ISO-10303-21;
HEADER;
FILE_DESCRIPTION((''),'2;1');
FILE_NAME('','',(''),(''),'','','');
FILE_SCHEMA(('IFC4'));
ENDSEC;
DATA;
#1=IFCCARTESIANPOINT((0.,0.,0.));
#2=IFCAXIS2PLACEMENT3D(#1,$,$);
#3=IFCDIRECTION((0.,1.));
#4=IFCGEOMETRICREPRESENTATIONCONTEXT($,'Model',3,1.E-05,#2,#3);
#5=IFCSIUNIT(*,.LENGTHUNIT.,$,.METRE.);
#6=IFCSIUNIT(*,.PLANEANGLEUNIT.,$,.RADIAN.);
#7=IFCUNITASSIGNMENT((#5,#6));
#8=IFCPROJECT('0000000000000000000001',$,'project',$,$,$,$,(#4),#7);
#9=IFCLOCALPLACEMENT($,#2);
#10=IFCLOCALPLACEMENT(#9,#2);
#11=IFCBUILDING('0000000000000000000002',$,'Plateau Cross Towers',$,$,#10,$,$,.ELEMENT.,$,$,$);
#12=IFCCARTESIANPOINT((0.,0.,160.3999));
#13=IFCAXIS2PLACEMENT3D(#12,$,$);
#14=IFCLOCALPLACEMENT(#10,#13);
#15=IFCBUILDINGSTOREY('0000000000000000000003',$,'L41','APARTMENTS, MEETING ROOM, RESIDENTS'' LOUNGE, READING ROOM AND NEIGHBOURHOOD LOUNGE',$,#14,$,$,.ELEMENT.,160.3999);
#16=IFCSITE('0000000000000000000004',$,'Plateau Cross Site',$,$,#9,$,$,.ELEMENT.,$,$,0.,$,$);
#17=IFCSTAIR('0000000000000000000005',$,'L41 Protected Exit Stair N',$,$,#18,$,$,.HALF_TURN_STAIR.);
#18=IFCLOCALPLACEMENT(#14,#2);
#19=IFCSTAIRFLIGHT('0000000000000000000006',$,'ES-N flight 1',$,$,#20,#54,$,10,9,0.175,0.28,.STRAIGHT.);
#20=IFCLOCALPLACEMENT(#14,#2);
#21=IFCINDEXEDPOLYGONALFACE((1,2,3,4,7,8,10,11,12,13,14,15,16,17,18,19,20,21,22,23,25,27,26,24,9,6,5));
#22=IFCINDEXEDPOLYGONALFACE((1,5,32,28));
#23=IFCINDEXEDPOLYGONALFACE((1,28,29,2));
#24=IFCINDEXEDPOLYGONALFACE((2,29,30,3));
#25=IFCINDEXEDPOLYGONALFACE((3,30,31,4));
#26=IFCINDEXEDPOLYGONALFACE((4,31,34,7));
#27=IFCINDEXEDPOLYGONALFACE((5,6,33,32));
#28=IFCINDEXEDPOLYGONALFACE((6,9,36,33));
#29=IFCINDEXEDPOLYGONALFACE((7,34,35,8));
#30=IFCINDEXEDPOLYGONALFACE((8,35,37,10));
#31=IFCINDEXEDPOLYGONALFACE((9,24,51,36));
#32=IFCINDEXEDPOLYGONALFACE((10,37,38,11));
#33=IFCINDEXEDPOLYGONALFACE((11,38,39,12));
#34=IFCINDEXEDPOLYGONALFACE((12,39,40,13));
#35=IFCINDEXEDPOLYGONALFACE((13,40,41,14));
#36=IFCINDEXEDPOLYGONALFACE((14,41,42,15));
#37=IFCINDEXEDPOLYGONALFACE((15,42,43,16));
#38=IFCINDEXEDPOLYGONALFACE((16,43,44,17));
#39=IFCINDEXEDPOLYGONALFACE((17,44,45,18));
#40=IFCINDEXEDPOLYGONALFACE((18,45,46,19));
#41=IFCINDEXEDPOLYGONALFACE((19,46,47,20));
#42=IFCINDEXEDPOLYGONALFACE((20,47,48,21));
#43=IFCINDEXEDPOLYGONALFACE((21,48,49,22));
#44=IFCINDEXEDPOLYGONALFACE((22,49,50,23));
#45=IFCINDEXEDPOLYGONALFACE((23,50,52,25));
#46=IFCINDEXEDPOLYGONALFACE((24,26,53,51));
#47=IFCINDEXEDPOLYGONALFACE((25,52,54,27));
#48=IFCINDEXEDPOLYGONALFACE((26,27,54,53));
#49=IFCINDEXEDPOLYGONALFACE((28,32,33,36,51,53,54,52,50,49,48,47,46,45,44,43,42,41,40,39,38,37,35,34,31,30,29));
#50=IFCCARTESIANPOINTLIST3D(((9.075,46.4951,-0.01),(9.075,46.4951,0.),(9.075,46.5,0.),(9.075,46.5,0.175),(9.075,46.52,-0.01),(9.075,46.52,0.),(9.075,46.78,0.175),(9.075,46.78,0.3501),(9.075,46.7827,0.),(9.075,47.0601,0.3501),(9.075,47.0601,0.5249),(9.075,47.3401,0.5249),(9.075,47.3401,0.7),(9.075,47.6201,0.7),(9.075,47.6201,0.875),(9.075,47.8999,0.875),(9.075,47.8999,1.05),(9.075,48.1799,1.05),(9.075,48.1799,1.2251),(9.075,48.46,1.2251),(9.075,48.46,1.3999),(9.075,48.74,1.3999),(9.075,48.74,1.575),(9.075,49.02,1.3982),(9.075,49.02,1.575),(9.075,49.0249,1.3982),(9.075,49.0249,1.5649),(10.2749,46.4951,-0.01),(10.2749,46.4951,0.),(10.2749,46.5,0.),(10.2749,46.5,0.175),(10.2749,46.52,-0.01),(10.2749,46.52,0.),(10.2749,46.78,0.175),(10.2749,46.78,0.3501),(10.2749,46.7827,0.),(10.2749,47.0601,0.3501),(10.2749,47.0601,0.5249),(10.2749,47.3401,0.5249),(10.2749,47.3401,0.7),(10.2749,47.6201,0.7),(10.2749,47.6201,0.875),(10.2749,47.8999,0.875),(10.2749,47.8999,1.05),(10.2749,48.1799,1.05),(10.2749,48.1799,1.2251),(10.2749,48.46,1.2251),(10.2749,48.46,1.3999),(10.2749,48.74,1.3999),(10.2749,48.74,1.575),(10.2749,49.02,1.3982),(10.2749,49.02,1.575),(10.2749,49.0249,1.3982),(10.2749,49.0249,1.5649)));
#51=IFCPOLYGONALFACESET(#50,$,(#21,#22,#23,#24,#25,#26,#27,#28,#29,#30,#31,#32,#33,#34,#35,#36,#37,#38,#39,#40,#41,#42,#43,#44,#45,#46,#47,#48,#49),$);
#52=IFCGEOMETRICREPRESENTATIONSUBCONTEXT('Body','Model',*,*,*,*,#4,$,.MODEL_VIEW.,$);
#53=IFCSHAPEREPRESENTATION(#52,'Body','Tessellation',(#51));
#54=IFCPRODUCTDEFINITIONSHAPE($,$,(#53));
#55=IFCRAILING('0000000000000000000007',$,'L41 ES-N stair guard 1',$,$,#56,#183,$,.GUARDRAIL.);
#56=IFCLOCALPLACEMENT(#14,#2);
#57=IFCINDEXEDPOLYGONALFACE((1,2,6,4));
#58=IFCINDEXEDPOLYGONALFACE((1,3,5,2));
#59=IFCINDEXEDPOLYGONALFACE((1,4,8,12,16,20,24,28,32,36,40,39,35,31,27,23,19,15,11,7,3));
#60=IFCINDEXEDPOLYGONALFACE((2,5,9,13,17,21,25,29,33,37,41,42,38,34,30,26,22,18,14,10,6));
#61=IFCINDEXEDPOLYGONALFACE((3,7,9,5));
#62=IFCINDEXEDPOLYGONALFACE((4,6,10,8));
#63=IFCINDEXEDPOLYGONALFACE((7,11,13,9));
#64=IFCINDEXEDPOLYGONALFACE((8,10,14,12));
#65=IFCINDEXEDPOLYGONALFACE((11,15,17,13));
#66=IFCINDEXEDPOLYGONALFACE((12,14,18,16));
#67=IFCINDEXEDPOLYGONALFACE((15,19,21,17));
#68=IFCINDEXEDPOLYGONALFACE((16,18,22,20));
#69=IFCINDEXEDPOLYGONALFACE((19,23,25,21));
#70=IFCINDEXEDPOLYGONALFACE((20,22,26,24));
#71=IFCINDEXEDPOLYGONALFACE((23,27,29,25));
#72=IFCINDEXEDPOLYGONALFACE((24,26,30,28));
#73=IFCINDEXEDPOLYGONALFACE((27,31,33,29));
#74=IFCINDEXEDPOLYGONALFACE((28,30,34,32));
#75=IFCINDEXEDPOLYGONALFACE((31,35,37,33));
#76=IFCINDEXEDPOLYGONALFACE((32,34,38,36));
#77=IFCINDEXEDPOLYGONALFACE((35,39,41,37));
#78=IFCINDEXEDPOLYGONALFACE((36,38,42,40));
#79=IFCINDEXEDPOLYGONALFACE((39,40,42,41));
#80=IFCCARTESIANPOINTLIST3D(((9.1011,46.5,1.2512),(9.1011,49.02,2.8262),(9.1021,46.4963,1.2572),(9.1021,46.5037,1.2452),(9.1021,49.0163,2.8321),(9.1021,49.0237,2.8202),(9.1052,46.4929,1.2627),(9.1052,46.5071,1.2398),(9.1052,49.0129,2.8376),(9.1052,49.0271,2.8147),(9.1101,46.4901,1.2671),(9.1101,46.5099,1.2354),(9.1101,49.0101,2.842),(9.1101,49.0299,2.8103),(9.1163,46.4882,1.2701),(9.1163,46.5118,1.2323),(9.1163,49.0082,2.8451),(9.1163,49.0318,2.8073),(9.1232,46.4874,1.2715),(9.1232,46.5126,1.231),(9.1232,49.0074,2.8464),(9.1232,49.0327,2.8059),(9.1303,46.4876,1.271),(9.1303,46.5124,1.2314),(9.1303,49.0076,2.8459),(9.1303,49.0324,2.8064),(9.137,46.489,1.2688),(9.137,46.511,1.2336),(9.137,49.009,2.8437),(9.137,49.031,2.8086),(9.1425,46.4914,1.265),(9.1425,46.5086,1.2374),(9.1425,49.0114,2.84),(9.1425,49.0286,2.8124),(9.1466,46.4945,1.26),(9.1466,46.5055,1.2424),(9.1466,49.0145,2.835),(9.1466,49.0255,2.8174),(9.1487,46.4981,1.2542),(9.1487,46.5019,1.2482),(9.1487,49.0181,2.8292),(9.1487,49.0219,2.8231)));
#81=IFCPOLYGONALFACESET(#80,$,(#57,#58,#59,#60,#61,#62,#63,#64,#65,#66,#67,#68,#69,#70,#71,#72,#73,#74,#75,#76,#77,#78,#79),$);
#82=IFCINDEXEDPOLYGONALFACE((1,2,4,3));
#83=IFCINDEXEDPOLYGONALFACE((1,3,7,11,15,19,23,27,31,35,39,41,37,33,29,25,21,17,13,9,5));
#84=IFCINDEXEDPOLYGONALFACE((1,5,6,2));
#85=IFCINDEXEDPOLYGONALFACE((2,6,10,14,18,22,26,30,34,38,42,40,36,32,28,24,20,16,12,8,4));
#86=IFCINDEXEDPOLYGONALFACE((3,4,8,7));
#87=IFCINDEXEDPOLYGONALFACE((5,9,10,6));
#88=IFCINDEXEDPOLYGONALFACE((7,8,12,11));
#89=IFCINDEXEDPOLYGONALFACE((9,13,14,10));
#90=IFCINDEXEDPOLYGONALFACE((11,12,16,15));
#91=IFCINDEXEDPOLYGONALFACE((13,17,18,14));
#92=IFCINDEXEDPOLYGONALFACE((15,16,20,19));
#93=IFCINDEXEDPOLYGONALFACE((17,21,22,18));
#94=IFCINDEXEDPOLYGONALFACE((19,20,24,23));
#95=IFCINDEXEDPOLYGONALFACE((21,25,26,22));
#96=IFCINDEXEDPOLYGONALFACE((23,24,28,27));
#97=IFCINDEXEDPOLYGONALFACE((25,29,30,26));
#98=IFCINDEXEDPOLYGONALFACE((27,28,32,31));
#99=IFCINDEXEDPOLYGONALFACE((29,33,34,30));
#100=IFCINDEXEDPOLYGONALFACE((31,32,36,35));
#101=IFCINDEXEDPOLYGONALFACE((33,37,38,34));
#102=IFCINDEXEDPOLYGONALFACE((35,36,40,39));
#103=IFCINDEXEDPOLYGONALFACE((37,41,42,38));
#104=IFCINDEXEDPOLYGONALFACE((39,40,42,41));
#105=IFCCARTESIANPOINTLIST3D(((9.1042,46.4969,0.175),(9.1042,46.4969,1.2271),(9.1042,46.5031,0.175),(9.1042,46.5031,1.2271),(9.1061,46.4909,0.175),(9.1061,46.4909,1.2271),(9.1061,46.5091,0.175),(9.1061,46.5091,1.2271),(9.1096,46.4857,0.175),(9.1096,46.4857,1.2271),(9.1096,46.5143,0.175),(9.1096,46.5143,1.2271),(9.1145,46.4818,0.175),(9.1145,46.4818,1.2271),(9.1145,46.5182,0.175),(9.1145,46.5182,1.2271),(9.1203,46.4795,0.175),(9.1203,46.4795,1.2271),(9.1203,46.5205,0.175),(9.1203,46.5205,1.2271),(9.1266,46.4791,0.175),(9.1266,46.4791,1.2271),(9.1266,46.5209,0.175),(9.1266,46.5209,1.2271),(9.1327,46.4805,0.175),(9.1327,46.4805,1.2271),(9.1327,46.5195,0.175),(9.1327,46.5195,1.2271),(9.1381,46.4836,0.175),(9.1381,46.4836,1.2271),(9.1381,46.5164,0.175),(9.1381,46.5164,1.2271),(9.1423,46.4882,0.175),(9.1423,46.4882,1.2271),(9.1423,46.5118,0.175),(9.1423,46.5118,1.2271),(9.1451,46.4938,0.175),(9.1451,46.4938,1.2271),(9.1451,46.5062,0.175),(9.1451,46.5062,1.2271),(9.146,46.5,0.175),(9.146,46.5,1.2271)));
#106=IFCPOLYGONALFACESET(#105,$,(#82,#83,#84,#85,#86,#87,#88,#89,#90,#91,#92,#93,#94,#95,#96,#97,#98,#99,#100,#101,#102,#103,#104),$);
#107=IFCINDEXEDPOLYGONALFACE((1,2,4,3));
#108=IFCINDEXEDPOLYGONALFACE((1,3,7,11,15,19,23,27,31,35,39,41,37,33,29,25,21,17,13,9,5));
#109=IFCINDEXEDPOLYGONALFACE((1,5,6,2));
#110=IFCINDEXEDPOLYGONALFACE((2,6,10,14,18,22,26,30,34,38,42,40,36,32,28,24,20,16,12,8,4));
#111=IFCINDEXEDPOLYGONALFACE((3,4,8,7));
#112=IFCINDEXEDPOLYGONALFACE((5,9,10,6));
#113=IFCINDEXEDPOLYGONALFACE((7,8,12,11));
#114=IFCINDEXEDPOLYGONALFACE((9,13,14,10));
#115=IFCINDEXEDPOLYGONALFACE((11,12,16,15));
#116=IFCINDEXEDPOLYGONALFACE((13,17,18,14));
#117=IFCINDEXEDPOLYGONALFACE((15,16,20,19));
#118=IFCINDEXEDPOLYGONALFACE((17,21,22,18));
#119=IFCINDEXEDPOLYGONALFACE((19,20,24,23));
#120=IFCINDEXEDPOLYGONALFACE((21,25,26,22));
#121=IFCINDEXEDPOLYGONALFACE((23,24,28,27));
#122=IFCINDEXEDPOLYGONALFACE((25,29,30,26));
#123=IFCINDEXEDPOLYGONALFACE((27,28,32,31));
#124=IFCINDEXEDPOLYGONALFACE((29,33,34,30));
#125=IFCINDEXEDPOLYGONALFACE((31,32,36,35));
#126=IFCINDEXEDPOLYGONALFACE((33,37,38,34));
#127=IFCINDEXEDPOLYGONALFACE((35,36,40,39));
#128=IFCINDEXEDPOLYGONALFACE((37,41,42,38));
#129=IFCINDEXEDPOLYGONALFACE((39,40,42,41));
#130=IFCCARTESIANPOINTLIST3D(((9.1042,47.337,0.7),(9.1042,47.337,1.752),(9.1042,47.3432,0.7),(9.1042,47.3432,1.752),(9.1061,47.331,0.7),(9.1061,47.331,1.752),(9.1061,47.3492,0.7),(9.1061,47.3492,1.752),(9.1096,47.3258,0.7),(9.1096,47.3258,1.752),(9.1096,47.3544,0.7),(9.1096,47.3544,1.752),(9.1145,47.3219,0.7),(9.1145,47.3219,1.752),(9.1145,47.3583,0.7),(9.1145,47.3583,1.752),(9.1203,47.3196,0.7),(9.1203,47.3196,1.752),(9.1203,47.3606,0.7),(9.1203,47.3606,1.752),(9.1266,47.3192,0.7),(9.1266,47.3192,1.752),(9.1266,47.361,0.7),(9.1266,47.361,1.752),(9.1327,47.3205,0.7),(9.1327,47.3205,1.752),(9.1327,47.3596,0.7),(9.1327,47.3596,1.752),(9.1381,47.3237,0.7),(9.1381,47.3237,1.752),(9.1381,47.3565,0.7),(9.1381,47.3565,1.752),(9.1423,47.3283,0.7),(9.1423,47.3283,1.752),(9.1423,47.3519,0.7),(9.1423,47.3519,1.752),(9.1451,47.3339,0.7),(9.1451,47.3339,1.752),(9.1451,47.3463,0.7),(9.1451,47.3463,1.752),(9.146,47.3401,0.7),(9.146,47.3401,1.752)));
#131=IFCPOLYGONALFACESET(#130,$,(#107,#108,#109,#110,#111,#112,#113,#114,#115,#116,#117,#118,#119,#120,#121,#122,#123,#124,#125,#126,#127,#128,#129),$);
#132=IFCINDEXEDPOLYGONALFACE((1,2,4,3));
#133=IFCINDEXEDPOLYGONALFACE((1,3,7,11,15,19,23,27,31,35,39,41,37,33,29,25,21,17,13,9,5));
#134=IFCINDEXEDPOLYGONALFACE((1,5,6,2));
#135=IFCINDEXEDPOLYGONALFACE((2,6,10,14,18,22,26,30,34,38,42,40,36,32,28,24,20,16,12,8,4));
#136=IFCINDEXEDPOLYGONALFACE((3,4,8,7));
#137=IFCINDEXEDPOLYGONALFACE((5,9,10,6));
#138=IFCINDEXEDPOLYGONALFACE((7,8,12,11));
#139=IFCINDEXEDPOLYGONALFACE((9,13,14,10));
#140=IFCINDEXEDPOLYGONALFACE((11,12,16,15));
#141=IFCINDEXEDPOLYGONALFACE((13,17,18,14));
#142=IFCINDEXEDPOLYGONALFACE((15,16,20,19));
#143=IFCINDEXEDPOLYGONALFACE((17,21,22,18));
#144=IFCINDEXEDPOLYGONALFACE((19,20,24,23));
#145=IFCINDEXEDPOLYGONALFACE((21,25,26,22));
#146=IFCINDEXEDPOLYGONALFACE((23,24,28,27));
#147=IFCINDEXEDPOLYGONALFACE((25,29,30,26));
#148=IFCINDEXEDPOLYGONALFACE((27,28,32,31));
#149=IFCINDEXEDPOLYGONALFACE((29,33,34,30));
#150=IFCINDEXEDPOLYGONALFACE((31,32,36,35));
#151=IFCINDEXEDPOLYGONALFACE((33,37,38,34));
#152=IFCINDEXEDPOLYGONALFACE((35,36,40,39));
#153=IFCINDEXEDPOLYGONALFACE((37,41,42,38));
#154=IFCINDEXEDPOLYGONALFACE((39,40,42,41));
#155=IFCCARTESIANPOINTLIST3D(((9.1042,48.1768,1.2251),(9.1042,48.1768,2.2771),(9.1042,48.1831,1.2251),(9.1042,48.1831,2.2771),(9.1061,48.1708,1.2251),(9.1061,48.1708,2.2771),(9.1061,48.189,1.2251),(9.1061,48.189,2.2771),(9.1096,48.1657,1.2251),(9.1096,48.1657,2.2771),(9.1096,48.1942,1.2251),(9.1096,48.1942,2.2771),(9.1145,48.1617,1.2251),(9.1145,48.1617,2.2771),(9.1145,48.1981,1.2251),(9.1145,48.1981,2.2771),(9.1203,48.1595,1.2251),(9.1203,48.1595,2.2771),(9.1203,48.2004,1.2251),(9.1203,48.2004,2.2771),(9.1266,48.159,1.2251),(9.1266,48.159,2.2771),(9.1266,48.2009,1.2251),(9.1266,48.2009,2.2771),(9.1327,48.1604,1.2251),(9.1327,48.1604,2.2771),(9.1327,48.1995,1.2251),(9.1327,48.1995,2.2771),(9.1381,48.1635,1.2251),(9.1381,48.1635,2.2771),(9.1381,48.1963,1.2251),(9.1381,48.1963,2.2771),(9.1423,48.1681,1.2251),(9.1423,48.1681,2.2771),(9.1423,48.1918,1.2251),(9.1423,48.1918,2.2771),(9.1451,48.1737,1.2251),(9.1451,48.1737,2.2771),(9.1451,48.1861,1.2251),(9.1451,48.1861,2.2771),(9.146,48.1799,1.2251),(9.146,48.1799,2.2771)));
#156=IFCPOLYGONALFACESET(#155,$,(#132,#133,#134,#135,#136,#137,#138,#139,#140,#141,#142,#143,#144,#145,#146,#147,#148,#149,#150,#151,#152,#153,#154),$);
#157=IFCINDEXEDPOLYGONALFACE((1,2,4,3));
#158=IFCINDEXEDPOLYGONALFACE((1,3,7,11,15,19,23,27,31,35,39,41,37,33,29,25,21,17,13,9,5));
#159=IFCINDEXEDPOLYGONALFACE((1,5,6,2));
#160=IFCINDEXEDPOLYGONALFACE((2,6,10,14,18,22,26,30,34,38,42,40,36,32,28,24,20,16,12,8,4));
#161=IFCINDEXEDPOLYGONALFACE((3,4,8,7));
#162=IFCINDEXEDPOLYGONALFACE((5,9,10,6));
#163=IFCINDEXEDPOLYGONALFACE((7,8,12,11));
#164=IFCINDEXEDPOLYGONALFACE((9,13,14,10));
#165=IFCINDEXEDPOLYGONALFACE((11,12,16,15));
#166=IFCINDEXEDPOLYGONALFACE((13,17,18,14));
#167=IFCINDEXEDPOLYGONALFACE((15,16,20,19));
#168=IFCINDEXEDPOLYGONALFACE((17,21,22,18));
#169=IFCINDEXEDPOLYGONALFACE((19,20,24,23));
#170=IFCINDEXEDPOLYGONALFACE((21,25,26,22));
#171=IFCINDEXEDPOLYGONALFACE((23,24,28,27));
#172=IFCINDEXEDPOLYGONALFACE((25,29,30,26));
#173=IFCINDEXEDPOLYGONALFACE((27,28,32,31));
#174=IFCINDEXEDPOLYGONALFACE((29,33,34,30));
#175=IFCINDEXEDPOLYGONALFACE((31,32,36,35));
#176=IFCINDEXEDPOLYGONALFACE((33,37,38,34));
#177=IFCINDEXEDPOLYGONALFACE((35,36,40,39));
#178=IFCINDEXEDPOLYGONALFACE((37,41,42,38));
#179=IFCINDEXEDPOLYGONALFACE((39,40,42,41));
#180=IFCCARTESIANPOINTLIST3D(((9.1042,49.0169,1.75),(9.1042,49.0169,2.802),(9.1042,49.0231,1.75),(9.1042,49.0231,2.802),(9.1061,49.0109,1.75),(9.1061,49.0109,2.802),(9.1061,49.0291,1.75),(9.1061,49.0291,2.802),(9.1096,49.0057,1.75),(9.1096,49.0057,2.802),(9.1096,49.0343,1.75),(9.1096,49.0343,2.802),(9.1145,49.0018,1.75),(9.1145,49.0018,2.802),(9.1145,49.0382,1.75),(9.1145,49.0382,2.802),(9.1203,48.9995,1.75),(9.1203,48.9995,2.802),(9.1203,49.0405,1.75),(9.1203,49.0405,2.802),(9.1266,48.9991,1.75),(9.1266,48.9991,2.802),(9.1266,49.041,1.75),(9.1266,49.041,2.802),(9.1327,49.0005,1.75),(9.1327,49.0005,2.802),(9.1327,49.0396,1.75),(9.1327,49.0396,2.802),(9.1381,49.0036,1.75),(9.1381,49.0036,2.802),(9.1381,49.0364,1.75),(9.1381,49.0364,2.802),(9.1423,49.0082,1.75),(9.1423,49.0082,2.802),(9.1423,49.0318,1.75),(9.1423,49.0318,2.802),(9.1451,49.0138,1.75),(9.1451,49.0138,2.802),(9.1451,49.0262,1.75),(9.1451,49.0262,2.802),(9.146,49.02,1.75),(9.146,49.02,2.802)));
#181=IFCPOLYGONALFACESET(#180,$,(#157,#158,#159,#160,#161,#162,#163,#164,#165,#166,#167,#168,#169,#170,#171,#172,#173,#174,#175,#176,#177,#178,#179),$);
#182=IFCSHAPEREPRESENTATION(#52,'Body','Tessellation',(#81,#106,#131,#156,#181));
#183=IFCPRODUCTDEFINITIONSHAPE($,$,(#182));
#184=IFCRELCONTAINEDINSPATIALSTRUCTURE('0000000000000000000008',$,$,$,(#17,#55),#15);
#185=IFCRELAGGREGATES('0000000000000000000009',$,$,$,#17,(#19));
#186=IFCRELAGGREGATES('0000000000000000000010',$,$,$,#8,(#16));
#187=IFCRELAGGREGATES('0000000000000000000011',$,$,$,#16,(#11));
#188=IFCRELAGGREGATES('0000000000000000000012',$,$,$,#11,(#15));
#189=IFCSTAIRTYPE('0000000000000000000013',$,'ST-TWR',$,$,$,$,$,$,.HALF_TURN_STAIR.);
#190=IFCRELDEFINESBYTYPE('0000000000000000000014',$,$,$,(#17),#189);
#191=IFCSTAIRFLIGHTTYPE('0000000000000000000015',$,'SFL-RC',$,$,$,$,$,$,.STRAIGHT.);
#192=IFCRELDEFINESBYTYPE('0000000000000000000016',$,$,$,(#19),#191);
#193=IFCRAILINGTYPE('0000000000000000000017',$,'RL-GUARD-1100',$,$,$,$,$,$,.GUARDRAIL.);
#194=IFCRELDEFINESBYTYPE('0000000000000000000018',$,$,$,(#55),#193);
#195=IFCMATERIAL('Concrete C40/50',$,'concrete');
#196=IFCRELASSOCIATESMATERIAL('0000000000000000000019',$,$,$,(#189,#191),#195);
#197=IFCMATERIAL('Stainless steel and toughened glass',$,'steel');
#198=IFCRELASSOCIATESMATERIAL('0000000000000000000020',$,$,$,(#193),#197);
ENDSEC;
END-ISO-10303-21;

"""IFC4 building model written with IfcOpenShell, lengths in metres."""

from ifc_helpers import new_model, si_unit, direction, frame, origin, origin_2d, place, context, subcontext, project, spatial, polyline, circle, outline, extrude, material, type_object, element, aggregate, save


model = new_model("IFC4")

# Units and contexts
model_context = context("Model", 3, precision=1e-05, world=origin(), true_north=direction((0.0, 1.0)))
body_context = subcontext(model_context, "Body", "Model", "MODEL_VIEW")
ifc_project = project(units=[si_unit("LENGTHUNIT", "METRE"), si_unit("PLANEANGLEUNIT", "RADIAN")], contexts=[model_context])

# Site, building, storey
site_placement = place(None, origin())
site = spatial("IfcSite", under=ifc_project, at=site_placement, Name="Plateau Cross Site", CompositionType="ELEMENT", RefElevation=0.0)
building_placement = place(site_placement, origin())
building = spatial("IfcBuilding", under=site, at=building_placement, Name="Plateau Cross Towers", CompositionType="ELEMENT")
storey_placement = place(building_placement, frame((0.0, 0.0, 160.3999)))
storey = spatial("IfcBuildingStorey", under=building, at=storey_placement, Name="L41", Description="APARTMENTS, MEETING ROOM, RESIDENTS' LOUNGE, READING ROOM AND NEIGHBOURHOOD LOUNGE", CompositionType="ELEMENT", Elevation=160.3999)

# Stair, stair flight
ifc_material_1 = material(Name="Concrete C40/50", Category="concrete")
stair_type = type_object("IfcStairType", Name="ST-TWR", PredefinedType="HALF_TURN_STAIR", material=ifc_material_1)
stair_placement = place(storey_placement, origin())
stair = element("IfcStair", 1, at=stair_placement, inside=storey, type_object=stair_type, Name="L41 Protected Exit Stair N", PredefinedType="HALF_TURN_STAIR")
stair_flight_type = type_object("IfcStairFlightType", Name="SFL-RC", PredefinedType="STRAIGHT", material=ifc_material_1)
stair_flight_placement = place(storey_placement, frame((9.675, 46.5, 0.0), z_axis=(0.0, 0.0, 1.0), x_axis=(0.0, 1.0, 0.0)))
stair_flight = element("IfcStairFlight", 2, at=stair_flight_placement, type_object=stair_flight_type, Name="ES-N flight 1", NumberOfRisers=10, NumberOfTreads=9, PredefinedType="STRAIGHT", RiserHeight=0.175, TreadLength=0.28, context=body_context, shape_type="SweptSolid", body=[
    extrude(outline(polyline([(-0.0049, -0.01), (-0.0049, 0.0), (0.0, 0.0), (0.0, 0.175), (0.28, 0.175), (0.28, 0.3501), (0.5601, 0.3501), (0.5601, 0.5249), (0.8401, 0.5249), (0.8401, 0.7), (1.1201, 0.7), (1.1201, 0.875), (1.3999, 0.875), (1.3999, 1.05), (1.6799, 1.05), (1.6799, 1.2251), (1.96, 1.2251), (1.96, 1.3999), (2.24, 1.3999), (2.24, 1.575), (2.52, 1.575), (2.5249, 1.5649), (2.5249, 1.3982), (2.52, 1.3982), (0.2827, 0.0), (0.02, 0.0), (0.02, -0.01), (-0.0049, -0.01)])), frame((0.0, 0.6001, 0.0), z_axis=(0.0, -1.0, 0.0), x_axis=(1.0, 0.0, 0.0)), (0.0, 0.0, 1.0), 1.2),
])
aggregate(stair, [stair_flight])

# Railing
ifc_material_2 = material(Name="Stainless steel and toughened glass", Category="steel")
railing_type_1 = type_object("IfcRailingType", Name="RL-GUARD-1100", PredefinedType="GUARDRAIL", material=ifc_material_2)
railing_1_placement = place(storey_placement, frame((9.125, 46.5, 0.175)))
element("IfcRailing", 3, at=railing_1_placement, inside=storey, type_object=railing_type_1, Name="L41 ES-N stair guard 1", PredefinedType="GUARDRAIL", context=body_context, shape_type="SweptSolid", body=[
    extrude(circle(Radius=0.0239, at=origin_2d()), frame((0.0, 0.0, 1.0762), z_axis=(0.0, 0.848008, 0.529984), x_axis=(-1.0, 0.0, 0.0)), (0.0, 0.0, 1.0), 2.9717),
    extrude(circle(Radius=0.021, at=origin_2d()), origin(), (0.0, 0.0, 1.0), 1.052),
    extrude(circle(Radius=0.021, at=origin_2d()), frame((0.0, 0.8401, 0.5249)), (0.0, 0.0, 1.0), 1.052),
    extrude(circle(Radius=0.021, at=origin_2d()), frame((0.0, 1.6799, 1.05)), (0.0, 0.0, 1.0), 1.052),
    extrude(circle(Radius=0.021, at=origin_2d()), frame((0.0, 2.52, 1.575)), (0.0, 0.0, 1.0), 1.052),
])

save(model, "model.ifc")
